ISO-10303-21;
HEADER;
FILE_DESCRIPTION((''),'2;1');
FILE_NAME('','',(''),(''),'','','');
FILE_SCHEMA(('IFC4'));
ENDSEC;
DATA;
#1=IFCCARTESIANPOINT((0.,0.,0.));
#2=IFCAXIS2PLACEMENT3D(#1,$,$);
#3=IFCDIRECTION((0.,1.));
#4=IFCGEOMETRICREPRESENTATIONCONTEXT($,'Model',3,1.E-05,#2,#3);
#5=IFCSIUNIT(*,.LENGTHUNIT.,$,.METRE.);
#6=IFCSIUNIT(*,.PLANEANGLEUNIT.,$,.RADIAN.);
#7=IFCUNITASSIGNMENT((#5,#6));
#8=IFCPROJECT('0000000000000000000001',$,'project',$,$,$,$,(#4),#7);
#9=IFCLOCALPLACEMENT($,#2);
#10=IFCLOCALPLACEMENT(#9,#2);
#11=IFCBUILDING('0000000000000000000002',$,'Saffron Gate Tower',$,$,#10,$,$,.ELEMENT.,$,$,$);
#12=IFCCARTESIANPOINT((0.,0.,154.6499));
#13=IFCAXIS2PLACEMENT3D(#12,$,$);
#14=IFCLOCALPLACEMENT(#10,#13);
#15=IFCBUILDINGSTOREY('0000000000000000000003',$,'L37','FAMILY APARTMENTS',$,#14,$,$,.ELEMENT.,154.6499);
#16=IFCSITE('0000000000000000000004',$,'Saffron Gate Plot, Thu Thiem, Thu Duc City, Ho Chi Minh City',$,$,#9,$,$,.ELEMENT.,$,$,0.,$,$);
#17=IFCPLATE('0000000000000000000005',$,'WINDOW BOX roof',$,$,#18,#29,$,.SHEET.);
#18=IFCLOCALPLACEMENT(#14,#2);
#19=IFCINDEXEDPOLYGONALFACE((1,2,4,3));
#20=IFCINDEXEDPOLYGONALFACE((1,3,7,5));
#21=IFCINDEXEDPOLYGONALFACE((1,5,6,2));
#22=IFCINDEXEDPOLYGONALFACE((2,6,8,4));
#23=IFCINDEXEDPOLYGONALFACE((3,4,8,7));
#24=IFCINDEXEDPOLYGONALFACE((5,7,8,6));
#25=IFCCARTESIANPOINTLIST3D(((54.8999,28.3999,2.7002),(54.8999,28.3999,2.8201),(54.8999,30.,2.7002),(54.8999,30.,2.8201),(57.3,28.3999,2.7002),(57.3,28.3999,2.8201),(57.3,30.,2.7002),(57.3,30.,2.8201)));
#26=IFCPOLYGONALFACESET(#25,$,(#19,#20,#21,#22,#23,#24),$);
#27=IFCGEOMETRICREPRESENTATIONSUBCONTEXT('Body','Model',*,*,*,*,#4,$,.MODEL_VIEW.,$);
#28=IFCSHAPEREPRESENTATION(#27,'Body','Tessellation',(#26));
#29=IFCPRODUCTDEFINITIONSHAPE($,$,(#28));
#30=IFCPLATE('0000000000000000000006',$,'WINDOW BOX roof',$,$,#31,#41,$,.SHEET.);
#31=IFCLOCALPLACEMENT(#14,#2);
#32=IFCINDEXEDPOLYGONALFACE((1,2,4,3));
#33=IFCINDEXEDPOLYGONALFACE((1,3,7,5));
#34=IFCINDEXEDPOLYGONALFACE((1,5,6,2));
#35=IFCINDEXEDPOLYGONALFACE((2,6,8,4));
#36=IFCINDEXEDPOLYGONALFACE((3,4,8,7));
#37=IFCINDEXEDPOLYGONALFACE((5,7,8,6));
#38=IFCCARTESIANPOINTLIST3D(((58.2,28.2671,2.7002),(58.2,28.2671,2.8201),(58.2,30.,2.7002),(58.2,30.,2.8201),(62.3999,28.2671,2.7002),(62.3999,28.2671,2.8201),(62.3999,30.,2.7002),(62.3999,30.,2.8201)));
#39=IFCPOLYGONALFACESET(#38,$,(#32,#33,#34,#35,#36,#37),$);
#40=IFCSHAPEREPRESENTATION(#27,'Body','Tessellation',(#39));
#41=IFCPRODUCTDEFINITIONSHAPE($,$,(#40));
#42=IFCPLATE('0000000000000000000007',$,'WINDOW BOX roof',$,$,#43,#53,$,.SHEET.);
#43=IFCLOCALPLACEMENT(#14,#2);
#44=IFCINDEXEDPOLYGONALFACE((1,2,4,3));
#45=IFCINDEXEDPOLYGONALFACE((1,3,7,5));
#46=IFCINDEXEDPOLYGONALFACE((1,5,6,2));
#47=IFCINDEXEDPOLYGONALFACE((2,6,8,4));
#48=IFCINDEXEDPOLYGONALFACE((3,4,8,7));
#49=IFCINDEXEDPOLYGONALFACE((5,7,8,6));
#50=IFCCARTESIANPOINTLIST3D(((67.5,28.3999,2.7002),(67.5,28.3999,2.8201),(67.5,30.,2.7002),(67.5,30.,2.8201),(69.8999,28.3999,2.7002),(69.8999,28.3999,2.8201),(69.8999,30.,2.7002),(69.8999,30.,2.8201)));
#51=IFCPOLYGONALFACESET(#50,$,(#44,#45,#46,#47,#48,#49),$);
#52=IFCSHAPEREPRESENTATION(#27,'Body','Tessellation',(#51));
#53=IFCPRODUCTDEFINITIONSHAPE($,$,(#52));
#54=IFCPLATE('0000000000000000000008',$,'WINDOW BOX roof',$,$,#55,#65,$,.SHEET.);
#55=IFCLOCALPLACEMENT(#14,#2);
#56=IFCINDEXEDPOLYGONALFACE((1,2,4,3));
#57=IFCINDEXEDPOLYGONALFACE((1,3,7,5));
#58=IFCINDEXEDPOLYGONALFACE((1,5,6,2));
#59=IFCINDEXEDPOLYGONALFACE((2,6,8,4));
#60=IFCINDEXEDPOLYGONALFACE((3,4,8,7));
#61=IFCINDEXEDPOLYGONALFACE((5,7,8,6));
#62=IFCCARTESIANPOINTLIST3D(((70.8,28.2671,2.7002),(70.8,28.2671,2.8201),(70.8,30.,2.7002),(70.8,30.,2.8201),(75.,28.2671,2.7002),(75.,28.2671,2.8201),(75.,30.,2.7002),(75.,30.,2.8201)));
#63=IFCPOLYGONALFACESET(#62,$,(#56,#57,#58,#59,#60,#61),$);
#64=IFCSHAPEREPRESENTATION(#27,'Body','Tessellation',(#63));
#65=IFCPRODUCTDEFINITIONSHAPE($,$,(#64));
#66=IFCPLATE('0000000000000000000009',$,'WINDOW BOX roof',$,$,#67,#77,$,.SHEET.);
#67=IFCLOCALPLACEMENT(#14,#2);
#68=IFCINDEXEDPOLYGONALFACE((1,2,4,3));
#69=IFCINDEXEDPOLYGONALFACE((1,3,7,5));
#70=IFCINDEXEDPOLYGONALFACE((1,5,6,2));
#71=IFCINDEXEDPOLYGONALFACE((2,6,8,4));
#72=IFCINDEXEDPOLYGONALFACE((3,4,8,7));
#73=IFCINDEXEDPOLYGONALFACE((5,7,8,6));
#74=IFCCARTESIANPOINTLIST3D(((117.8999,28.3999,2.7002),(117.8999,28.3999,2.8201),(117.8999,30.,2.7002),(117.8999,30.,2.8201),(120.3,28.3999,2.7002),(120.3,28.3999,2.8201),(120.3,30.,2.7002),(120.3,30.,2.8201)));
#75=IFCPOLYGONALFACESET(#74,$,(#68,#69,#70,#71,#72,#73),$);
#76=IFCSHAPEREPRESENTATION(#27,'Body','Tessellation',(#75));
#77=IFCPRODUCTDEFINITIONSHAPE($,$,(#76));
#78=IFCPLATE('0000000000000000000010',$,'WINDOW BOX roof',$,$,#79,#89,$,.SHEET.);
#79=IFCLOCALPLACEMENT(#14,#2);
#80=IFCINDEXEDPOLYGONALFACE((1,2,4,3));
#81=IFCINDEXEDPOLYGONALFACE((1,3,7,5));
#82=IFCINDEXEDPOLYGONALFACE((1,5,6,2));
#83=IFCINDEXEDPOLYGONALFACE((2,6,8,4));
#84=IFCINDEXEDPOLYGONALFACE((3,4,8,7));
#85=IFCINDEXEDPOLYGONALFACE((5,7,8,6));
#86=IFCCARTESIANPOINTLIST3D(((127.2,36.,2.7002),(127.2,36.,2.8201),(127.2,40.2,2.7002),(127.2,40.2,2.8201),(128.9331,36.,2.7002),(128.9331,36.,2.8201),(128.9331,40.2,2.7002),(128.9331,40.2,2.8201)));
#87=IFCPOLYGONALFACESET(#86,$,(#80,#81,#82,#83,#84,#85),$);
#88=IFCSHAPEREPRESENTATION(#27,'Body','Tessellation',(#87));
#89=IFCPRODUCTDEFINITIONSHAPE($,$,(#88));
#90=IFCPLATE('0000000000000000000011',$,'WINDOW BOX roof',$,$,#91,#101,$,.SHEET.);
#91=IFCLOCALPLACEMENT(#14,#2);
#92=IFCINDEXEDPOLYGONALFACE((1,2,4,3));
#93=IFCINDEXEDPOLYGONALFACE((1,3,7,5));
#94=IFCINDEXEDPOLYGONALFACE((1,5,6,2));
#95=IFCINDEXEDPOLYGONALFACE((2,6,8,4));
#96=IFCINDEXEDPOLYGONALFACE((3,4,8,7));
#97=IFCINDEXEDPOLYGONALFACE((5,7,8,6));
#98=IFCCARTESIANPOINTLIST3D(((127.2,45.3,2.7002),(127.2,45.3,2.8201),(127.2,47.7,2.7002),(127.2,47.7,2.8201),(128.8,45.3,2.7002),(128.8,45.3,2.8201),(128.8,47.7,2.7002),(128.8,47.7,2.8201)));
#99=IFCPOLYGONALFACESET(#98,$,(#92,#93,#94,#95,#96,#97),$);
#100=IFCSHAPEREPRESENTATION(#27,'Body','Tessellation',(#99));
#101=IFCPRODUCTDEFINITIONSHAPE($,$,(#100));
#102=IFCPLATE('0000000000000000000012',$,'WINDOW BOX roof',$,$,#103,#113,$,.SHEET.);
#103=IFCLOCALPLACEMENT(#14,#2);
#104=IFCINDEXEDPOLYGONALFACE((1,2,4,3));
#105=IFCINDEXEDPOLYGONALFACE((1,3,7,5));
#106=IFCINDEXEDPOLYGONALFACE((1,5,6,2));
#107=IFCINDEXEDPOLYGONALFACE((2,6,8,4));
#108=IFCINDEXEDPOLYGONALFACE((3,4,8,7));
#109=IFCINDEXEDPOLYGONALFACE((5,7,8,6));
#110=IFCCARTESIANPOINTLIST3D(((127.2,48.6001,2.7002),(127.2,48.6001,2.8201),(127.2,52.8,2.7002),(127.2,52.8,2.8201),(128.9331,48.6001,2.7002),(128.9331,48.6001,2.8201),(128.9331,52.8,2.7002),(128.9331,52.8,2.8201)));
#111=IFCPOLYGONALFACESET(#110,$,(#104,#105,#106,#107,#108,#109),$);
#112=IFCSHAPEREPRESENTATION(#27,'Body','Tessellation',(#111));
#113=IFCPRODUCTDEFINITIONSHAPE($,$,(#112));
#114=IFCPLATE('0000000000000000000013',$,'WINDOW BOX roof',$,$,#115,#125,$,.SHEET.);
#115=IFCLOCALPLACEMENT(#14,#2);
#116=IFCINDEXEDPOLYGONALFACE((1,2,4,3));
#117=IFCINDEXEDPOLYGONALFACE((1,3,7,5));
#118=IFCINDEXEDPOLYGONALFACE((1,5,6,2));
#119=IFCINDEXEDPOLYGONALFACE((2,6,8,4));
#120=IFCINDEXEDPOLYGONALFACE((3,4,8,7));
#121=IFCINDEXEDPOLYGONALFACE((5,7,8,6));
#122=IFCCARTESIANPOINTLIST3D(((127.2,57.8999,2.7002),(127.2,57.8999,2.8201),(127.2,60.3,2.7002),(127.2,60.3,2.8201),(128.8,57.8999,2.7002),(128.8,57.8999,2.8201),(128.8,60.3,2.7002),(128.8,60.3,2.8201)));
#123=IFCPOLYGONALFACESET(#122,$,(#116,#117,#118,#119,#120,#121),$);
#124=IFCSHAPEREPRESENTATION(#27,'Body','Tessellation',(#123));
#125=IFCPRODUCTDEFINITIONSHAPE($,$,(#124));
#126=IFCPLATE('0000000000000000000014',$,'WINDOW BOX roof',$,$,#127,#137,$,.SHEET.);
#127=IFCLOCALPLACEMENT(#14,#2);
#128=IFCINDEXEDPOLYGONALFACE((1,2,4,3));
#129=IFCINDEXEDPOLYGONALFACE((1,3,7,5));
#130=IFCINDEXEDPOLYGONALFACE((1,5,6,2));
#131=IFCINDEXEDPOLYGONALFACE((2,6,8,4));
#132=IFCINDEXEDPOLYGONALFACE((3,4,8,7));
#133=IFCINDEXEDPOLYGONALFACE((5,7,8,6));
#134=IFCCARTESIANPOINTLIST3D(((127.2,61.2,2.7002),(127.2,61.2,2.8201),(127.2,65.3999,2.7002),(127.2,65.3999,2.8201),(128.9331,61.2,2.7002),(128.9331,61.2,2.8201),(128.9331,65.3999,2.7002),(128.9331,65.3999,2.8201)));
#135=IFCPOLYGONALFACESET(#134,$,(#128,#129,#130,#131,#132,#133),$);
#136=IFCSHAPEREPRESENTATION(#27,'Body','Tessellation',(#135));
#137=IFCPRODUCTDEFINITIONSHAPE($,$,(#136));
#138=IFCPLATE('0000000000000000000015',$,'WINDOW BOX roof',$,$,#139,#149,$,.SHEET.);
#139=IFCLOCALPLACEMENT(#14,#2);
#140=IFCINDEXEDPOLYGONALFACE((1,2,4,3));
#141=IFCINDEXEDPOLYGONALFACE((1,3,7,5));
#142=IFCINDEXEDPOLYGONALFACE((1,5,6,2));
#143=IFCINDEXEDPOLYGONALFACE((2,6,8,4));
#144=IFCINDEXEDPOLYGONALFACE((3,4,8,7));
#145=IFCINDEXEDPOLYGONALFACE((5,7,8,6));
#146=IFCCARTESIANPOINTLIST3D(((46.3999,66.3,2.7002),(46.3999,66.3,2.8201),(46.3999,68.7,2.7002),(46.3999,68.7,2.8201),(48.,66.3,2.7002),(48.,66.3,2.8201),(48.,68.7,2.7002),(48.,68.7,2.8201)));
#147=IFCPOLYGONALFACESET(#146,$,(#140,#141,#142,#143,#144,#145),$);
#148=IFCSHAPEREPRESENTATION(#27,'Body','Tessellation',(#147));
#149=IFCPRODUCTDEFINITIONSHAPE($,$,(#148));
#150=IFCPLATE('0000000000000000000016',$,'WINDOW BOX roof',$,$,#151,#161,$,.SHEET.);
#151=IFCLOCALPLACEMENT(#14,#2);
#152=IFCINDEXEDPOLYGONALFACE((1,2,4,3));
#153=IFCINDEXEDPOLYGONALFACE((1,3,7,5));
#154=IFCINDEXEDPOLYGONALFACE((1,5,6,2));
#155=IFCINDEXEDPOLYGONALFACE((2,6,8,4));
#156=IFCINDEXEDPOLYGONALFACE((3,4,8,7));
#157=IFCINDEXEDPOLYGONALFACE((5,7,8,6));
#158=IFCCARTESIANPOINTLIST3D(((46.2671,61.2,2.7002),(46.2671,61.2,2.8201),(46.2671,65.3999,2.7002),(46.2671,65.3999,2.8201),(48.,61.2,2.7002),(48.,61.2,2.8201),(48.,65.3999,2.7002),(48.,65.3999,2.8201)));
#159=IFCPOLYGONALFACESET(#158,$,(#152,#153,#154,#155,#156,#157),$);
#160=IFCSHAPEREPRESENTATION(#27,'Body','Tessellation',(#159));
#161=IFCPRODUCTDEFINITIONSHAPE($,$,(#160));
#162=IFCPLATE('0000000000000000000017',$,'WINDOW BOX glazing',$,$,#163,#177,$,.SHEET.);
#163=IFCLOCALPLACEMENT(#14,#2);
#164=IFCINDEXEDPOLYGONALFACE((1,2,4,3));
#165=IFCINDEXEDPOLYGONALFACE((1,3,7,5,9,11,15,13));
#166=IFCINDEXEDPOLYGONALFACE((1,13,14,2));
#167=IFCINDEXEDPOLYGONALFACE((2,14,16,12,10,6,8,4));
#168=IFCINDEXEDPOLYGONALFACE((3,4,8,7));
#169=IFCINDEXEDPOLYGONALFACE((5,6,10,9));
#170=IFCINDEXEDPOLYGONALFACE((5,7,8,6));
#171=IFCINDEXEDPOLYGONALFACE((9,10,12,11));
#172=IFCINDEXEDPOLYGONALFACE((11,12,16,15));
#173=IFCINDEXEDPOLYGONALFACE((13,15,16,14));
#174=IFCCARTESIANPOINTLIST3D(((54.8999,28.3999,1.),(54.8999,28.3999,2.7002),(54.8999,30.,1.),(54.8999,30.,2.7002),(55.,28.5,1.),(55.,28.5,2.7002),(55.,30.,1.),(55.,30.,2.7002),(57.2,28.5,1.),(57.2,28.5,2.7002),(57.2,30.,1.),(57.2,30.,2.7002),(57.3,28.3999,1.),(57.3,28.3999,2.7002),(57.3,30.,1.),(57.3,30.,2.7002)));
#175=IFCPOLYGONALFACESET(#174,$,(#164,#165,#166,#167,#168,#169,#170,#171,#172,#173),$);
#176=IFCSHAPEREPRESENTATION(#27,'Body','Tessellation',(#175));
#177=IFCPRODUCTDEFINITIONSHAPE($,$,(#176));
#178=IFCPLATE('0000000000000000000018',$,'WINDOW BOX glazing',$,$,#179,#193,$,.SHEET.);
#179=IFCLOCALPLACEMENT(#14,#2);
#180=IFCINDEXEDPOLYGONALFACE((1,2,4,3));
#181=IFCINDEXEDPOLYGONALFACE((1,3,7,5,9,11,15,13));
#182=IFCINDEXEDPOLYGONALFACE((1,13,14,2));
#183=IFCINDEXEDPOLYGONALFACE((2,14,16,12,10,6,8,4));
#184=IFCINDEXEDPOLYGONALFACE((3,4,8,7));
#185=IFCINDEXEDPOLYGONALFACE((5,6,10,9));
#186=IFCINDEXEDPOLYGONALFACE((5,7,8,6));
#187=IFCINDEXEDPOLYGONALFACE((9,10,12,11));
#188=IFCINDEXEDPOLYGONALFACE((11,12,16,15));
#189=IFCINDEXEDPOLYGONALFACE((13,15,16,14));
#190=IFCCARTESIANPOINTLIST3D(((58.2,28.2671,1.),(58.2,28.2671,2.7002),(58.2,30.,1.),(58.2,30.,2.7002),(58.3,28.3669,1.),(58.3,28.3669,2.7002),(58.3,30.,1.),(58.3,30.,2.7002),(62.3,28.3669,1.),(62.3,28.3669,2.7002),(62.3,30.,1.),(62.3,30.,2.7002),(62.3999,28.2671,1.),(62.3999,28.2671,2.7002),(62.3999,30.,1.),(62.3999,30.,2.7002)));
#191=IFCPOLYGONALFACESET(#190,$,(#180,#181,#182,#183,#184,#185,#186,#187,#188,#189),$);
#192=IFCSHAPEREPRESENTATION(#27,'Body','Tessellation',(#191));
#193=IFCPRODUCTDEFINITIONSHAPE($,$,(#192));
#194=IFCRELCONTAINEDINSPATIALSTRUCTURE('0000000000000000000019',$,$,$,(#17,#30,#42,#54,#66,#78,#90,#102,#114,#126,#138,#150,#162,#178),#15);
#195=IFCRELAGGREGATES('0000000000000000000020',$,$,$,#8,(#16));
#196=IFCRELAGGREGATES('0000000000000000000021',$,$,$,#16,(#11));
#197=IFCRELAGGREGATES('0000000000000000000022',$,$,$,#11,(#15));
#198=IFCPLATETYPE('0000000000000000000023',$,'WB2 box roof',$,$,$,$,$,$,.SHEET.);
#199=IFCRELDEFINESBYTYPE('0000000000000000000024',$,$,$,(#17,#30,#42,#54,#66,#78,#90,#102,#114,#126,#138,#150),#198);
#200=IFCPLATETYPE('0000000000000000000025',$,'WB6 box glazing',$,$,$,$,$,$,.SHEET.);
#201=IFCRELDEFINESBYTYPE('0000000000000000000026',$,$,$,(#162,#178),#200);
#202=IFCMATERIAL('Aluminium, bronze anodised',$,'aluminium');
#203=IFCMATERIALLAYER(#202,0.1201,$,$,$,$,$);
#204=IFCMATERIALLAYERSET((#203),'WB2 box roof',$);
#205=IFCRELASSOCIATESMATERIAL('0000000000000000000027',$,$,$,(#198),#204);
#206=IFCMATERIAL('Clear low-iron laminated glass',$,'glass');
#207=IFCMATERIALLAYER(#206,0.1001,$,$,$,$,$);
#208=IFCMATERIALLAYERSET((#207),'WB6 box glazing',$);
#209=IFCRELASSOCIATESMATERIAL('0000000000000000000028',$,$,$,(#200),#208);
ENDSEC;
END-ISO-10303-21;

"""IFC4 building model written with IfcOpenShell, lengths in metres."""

from ifc_helpers import new_model, si_unit, direction, frame, origin, place, context, subcontext, project, spatial, polyline, outline, extrude, material, layer, layer_set, type_object, element, save


model = new_model("IFC4")

# Units and contexts
model_context = context("Model", 3, precision=1e-05, world=origin(), true_north=direction((0.0, 1.0)))
body_context = subcontext(model_context, "Body", "Model", "MODEL_VIEW")
ifc_project = project(units=[si_unit("LENGTHUNIT", "METRE"), si_unit("PLANEANGLEUNIT", "RADIAN")], contexts=[model_context])

# Site, building, storey
site_placement = place(None, origin())
site = spatial("IfcSite", under=ifc_project, at=site_placement, Name="Saffron Gate Plot, Thu Thiem, Thu Duc City, Ho Chi Minh City", CompositionType="ELEMENT", RefElevation=0.0)
building_placement = place(site_placement, origin())
building = spatial("IfcBuilding", under=site, at=building_placement, Name="Saffron Gate Tower", CompositionType="ELEMENT")
storey_placement = place(building_placement, frame((0.0, 0.0, 154.6499)))
storey = spatial("IfcBuildingStorey", under=building, at=storey_placement, Name="L37", Description="FAMILY APARTMENTS", CompositionType="ELEMENT", Elevation=154.6499)

# Plates
ifc_material_1 = material(Name="Aluminium, bronze anodised", Category="aluminium")
ifc_layer_1 = layer(ifc_material_1, 0.1201)
ifc_layer_set_1 = layer_set([ifc_layer_1], Name="WB2 box roof")
plate_type_1 = type_object("IfcPlateType", Name="WB2 box roof", PredefinedType="SHEET", material=ifc_layer_set_1)
plate_1_placement = place(storey_placement, frame((0.0, 0.0, 2.7002)))
element("IfcPlate", 1, at=plate_1_placement, inside=storey, type_object=plate_type_1, Name="WINDOW BOX roof", PredefinedType="SHEET", context=body_context, shape_type="SweptSolid", body=[
    extrude(outline(polyline([(54.8999, 30.0), (57.3, 30.0), (57.3, 28.3999), (54.8999, 28.3999), (54.8999, 30.0)])), origin(), (0.0, 0.0, 1.0), 0.1199),
])
plate_2_placement = place(storey_placement, frame((0.0, 0.0, 2.7002)))
element("IfcPlate", 2, at=plate_2_placement, inside=storey, type_object=plate_type_1, Name="WINDOW BOX roof", PredefinedType="SHEET", context=body_context, shape_type="SweptSolid", body=[
    extrude(outline(polyline([(58.2, 30.0), (62.3999, 30.0), (62.3999, 28.2671), (58.2, 28.2671), (58.2, 30.0)])), origin(), (0.0, 0.0, 1.0), 0.1199),
])
plate_3_placement = place(storey_placement, frame((0.0, 0.0, 2.7002)))
element("IfcPlate", 3, at=plate_3_placement, inside=storey, type_object=plate_type_1, Name="WINDOW BOX roof", PredefinedType="SHEET", context=body_context, shape_type="SweptSolid", body=[
    extrude(outline(polyline([(67.5, 30.0), (69.8999, 30.0), (69.8999, 28.3999), (67.5, 28.3999), (67.5, 30.0)])), origin(), (0.0, 0.0, 1.0), 0.1199),
])
plate_4_placement = place(storey_placement, frame((0.0, 0.0, 2.7002)))
element("IfcPlate", 4, at=plate_4_placement, inside=storey, type_object=plate_type_1, Name="WINDOW BOX roof", PredefinedType="SHEET", context=body_context, shape_type="SweptSolid", body=[
    extrude(outline(polyline([(70.8, 30.0), (75.0, 30.0), (75.0, 28.2671), (70.8, 28.2671), (70.8, 30.0)])), origin(), (0.0, 0.0, 1.0), 0.1199),
])
plate_5_placement = place(storey_placement, frame((0.0, 0.0, 2.7002)))
element("IfcPlate", 5, at=plate_5_placement, inside=storey, type_object=plate_type_1, Name="WINDOW BOX roof", PredefinedType="SHEET", context=body_context, shape_type="SweptSolid", body=[
    extrude(outline(polyline([(117.8999, 30.0), (120.3, 30.0), (120.3, 28.3999), (117.8999, 28.3999), (117.8999, 30.0)])), origin(), (0.0, 0.0, 1.0), 0.1199),
])
plate_6_placement = place(storey_placement, frame((0.0, 0.0, 2.7002)))
element("IfcPlate", 6, at=plate_6_placement, inside=storey, type_object=plate_type_1, Name="WINDOW BOX roof", PredefinedType="SHEET", context=body_context, shape_type="SweptSolid", body=[
    extrude(outline(polyline([(127.2, 36.0), (127.2, 40.2), (128.9331, 40.2), (128.9331, 36.0), (127.2, 36.0)])), origin(), (0.0, 0.0, 1.0), 0.1199),
])
plate_7_placement = place(storey_placement, frame((0.0, 0.0, 2.7002)))
element("IfcPlate", 7, at=plate_7_placement, inside=storey, type_object=plate_type_1, Name="WINDOW BOX roof", PredefinedType="SHEET", context=body_context, shape_type="SweptSolid", body=[
    extrude(outline(polyline([(127.2, 45.3), (127.2, 47.7), (128.8, 47.7), (128.8, 45.3), (127.2, 45.3)])), origin(), (0.0, 0.0, 1.0), 0.1199),
])
plate_8_placement = place(storey_placement, frame((0.0, 0.0, 2.7002)))
element("IfcPlate", 8, at=plate_8_placement, inside=storey, type_object=plate_type_1, Name="WINDOW BOX roof", PredefinedType="SHEET", context=body_context, shape_type="SweptSolid", body=[
    extrude(outline(polyline([(127.2, 48.6001), (127.2, 52.8), (128.9331, 52.8), (128.9331, 48.6001), (127.2, 48.6001)])), origin(), (0.0, 0.0, 1.0), 0.1199),
])
plate_9_placement = place(storey_placement, frame((0.0, 0.0, 2.7002)))
element("IfcPlate", 9, at=plate_9_placement, inside=storey, type_object=plate_type_1, Name="WINDOW BOX roof", PredefinedType="SHEET", context=body_context, shape_type="SweptSolid", body=[
    extrude(outline(polyline([(127.2, 57.8999), (127.2, 60.3), (128.8, 60.3), (128.8, 57.8999), (127.2, 57.8999)])), origin(), (0.0, 0.0, 1.0), 0.1199),
])
plate_10_placement = place(storey_placement, frame((0.0, 0.0, 2.7002)))
element("IfcPlate", 10, at=plate_10_placement, inside=storey, type_object=plate_type_1, Name="WINDOW BOX roof", PredefinedType="SHEET", context=body_context, shape_type="SweptSolid", body=[
    extrude(outline(polyline([(127.2, 61.2), (127.2, 65.3999), (128.9331, 65.3999), (128.9331, 61.2), (127.2, 61.2)])), origin(), (0.0, 0.0, 1.0), 0.1199),
])
plate_11_placement = place(storey_placement, frame((0.0, 0.0, 2.7002)))
element("IfcPlate", 11, at=plate_11_placement, inside=storey, type_object=plate_type_1, Name="WINDOW BOX roof", PredefinedType="SHEET", context=body_context, shape_type="SweptSolid", body=[
    extrude(outline(polyline([(48.0, 68.7), (48.0, 66.3), (46.3999, 66.3), (46.3999, 68.7), (48.0, 68.7)])), origin(), (0.0, 0.0, 1.0), 0.1199),
])
plate_12_placement = place(storey_placement, frame((0.0, 0.0, 2.7002)))
element("IfcPlate", 12, at=plate_12_placement, inside=storey, type_object=plate_type_1, Name="WINDOW BOX roof", PredefinedType="SHEET", context=body_context, shape_type="SweptSolid", body=[
    extrude(outline(polyline([(48.0, 65.3999), (48.0, 61.2), (46.2671, 61.2), (46.2671, 65.3999), (48.0, 65.3999)])), origin(), (0.0, 0.0, 1.0), 0.1199),
])
ifc_material_2 = material(Name="Clear low-iron laminated glass", Category="glass")
ifc_layer_2 = layer(ifc_material_2, 0.1001)
ifc_layer_set_2 = layer_set([ifc_layer_2], Name="WB6 box glazing")
plate_type_2 = type_object("IfcPlateType", Name="WB6 box glazing", PredefinedType="SHEET", material=ifc_layer_set_2)
plate_13_placement = place(storey_placement, frame((0.0, 0.0, 1.0)))
element("IfcPlate", 13, at=plate_13_placement, inside=storey, type_object=plate_type_2, Name="WINDOW BOX glazing", PredefinedType="SHEET", context=body_context, shape_type="SweptSolid", body=[
    extrude(outline(polyline([(54.8999, 30.0), (55.0, 30.0), (55.0, 28.5), (57.2, 28.5), (57.2, 30.0), (57.3, 30.0), (57.3, 28.3999), (54.8999, 28.3999), (54.8999, 30.0)])), origin(), (0.0, 0.0, 1.0), 1.7002),
])
plate_14_placement = place(storey_placement, frame((0.0, 0.0, 1.0)))
element("IfcPlate", 14, at=plate_14_placement, inside=storey, type_object=plate_type_2, Name="WINDOW BOX glazing", PredefinedType="SHEET", context=body_context, shape_type="SweptSolid", body=[
    extrude(outline(polyline([(58.2, 30.0), (58.3, 30.0), (58.3, 28.3669), (62.3, 28.3669), (62.3, 30.0), (62.3999, 30.0), (62.3999, 28.2671), (58.2, 28.2671), (58.2, 30.0)])), origin(), (0.0, 0.0, 1.0), 1.7002),
])

save(model, "model.ifc")
